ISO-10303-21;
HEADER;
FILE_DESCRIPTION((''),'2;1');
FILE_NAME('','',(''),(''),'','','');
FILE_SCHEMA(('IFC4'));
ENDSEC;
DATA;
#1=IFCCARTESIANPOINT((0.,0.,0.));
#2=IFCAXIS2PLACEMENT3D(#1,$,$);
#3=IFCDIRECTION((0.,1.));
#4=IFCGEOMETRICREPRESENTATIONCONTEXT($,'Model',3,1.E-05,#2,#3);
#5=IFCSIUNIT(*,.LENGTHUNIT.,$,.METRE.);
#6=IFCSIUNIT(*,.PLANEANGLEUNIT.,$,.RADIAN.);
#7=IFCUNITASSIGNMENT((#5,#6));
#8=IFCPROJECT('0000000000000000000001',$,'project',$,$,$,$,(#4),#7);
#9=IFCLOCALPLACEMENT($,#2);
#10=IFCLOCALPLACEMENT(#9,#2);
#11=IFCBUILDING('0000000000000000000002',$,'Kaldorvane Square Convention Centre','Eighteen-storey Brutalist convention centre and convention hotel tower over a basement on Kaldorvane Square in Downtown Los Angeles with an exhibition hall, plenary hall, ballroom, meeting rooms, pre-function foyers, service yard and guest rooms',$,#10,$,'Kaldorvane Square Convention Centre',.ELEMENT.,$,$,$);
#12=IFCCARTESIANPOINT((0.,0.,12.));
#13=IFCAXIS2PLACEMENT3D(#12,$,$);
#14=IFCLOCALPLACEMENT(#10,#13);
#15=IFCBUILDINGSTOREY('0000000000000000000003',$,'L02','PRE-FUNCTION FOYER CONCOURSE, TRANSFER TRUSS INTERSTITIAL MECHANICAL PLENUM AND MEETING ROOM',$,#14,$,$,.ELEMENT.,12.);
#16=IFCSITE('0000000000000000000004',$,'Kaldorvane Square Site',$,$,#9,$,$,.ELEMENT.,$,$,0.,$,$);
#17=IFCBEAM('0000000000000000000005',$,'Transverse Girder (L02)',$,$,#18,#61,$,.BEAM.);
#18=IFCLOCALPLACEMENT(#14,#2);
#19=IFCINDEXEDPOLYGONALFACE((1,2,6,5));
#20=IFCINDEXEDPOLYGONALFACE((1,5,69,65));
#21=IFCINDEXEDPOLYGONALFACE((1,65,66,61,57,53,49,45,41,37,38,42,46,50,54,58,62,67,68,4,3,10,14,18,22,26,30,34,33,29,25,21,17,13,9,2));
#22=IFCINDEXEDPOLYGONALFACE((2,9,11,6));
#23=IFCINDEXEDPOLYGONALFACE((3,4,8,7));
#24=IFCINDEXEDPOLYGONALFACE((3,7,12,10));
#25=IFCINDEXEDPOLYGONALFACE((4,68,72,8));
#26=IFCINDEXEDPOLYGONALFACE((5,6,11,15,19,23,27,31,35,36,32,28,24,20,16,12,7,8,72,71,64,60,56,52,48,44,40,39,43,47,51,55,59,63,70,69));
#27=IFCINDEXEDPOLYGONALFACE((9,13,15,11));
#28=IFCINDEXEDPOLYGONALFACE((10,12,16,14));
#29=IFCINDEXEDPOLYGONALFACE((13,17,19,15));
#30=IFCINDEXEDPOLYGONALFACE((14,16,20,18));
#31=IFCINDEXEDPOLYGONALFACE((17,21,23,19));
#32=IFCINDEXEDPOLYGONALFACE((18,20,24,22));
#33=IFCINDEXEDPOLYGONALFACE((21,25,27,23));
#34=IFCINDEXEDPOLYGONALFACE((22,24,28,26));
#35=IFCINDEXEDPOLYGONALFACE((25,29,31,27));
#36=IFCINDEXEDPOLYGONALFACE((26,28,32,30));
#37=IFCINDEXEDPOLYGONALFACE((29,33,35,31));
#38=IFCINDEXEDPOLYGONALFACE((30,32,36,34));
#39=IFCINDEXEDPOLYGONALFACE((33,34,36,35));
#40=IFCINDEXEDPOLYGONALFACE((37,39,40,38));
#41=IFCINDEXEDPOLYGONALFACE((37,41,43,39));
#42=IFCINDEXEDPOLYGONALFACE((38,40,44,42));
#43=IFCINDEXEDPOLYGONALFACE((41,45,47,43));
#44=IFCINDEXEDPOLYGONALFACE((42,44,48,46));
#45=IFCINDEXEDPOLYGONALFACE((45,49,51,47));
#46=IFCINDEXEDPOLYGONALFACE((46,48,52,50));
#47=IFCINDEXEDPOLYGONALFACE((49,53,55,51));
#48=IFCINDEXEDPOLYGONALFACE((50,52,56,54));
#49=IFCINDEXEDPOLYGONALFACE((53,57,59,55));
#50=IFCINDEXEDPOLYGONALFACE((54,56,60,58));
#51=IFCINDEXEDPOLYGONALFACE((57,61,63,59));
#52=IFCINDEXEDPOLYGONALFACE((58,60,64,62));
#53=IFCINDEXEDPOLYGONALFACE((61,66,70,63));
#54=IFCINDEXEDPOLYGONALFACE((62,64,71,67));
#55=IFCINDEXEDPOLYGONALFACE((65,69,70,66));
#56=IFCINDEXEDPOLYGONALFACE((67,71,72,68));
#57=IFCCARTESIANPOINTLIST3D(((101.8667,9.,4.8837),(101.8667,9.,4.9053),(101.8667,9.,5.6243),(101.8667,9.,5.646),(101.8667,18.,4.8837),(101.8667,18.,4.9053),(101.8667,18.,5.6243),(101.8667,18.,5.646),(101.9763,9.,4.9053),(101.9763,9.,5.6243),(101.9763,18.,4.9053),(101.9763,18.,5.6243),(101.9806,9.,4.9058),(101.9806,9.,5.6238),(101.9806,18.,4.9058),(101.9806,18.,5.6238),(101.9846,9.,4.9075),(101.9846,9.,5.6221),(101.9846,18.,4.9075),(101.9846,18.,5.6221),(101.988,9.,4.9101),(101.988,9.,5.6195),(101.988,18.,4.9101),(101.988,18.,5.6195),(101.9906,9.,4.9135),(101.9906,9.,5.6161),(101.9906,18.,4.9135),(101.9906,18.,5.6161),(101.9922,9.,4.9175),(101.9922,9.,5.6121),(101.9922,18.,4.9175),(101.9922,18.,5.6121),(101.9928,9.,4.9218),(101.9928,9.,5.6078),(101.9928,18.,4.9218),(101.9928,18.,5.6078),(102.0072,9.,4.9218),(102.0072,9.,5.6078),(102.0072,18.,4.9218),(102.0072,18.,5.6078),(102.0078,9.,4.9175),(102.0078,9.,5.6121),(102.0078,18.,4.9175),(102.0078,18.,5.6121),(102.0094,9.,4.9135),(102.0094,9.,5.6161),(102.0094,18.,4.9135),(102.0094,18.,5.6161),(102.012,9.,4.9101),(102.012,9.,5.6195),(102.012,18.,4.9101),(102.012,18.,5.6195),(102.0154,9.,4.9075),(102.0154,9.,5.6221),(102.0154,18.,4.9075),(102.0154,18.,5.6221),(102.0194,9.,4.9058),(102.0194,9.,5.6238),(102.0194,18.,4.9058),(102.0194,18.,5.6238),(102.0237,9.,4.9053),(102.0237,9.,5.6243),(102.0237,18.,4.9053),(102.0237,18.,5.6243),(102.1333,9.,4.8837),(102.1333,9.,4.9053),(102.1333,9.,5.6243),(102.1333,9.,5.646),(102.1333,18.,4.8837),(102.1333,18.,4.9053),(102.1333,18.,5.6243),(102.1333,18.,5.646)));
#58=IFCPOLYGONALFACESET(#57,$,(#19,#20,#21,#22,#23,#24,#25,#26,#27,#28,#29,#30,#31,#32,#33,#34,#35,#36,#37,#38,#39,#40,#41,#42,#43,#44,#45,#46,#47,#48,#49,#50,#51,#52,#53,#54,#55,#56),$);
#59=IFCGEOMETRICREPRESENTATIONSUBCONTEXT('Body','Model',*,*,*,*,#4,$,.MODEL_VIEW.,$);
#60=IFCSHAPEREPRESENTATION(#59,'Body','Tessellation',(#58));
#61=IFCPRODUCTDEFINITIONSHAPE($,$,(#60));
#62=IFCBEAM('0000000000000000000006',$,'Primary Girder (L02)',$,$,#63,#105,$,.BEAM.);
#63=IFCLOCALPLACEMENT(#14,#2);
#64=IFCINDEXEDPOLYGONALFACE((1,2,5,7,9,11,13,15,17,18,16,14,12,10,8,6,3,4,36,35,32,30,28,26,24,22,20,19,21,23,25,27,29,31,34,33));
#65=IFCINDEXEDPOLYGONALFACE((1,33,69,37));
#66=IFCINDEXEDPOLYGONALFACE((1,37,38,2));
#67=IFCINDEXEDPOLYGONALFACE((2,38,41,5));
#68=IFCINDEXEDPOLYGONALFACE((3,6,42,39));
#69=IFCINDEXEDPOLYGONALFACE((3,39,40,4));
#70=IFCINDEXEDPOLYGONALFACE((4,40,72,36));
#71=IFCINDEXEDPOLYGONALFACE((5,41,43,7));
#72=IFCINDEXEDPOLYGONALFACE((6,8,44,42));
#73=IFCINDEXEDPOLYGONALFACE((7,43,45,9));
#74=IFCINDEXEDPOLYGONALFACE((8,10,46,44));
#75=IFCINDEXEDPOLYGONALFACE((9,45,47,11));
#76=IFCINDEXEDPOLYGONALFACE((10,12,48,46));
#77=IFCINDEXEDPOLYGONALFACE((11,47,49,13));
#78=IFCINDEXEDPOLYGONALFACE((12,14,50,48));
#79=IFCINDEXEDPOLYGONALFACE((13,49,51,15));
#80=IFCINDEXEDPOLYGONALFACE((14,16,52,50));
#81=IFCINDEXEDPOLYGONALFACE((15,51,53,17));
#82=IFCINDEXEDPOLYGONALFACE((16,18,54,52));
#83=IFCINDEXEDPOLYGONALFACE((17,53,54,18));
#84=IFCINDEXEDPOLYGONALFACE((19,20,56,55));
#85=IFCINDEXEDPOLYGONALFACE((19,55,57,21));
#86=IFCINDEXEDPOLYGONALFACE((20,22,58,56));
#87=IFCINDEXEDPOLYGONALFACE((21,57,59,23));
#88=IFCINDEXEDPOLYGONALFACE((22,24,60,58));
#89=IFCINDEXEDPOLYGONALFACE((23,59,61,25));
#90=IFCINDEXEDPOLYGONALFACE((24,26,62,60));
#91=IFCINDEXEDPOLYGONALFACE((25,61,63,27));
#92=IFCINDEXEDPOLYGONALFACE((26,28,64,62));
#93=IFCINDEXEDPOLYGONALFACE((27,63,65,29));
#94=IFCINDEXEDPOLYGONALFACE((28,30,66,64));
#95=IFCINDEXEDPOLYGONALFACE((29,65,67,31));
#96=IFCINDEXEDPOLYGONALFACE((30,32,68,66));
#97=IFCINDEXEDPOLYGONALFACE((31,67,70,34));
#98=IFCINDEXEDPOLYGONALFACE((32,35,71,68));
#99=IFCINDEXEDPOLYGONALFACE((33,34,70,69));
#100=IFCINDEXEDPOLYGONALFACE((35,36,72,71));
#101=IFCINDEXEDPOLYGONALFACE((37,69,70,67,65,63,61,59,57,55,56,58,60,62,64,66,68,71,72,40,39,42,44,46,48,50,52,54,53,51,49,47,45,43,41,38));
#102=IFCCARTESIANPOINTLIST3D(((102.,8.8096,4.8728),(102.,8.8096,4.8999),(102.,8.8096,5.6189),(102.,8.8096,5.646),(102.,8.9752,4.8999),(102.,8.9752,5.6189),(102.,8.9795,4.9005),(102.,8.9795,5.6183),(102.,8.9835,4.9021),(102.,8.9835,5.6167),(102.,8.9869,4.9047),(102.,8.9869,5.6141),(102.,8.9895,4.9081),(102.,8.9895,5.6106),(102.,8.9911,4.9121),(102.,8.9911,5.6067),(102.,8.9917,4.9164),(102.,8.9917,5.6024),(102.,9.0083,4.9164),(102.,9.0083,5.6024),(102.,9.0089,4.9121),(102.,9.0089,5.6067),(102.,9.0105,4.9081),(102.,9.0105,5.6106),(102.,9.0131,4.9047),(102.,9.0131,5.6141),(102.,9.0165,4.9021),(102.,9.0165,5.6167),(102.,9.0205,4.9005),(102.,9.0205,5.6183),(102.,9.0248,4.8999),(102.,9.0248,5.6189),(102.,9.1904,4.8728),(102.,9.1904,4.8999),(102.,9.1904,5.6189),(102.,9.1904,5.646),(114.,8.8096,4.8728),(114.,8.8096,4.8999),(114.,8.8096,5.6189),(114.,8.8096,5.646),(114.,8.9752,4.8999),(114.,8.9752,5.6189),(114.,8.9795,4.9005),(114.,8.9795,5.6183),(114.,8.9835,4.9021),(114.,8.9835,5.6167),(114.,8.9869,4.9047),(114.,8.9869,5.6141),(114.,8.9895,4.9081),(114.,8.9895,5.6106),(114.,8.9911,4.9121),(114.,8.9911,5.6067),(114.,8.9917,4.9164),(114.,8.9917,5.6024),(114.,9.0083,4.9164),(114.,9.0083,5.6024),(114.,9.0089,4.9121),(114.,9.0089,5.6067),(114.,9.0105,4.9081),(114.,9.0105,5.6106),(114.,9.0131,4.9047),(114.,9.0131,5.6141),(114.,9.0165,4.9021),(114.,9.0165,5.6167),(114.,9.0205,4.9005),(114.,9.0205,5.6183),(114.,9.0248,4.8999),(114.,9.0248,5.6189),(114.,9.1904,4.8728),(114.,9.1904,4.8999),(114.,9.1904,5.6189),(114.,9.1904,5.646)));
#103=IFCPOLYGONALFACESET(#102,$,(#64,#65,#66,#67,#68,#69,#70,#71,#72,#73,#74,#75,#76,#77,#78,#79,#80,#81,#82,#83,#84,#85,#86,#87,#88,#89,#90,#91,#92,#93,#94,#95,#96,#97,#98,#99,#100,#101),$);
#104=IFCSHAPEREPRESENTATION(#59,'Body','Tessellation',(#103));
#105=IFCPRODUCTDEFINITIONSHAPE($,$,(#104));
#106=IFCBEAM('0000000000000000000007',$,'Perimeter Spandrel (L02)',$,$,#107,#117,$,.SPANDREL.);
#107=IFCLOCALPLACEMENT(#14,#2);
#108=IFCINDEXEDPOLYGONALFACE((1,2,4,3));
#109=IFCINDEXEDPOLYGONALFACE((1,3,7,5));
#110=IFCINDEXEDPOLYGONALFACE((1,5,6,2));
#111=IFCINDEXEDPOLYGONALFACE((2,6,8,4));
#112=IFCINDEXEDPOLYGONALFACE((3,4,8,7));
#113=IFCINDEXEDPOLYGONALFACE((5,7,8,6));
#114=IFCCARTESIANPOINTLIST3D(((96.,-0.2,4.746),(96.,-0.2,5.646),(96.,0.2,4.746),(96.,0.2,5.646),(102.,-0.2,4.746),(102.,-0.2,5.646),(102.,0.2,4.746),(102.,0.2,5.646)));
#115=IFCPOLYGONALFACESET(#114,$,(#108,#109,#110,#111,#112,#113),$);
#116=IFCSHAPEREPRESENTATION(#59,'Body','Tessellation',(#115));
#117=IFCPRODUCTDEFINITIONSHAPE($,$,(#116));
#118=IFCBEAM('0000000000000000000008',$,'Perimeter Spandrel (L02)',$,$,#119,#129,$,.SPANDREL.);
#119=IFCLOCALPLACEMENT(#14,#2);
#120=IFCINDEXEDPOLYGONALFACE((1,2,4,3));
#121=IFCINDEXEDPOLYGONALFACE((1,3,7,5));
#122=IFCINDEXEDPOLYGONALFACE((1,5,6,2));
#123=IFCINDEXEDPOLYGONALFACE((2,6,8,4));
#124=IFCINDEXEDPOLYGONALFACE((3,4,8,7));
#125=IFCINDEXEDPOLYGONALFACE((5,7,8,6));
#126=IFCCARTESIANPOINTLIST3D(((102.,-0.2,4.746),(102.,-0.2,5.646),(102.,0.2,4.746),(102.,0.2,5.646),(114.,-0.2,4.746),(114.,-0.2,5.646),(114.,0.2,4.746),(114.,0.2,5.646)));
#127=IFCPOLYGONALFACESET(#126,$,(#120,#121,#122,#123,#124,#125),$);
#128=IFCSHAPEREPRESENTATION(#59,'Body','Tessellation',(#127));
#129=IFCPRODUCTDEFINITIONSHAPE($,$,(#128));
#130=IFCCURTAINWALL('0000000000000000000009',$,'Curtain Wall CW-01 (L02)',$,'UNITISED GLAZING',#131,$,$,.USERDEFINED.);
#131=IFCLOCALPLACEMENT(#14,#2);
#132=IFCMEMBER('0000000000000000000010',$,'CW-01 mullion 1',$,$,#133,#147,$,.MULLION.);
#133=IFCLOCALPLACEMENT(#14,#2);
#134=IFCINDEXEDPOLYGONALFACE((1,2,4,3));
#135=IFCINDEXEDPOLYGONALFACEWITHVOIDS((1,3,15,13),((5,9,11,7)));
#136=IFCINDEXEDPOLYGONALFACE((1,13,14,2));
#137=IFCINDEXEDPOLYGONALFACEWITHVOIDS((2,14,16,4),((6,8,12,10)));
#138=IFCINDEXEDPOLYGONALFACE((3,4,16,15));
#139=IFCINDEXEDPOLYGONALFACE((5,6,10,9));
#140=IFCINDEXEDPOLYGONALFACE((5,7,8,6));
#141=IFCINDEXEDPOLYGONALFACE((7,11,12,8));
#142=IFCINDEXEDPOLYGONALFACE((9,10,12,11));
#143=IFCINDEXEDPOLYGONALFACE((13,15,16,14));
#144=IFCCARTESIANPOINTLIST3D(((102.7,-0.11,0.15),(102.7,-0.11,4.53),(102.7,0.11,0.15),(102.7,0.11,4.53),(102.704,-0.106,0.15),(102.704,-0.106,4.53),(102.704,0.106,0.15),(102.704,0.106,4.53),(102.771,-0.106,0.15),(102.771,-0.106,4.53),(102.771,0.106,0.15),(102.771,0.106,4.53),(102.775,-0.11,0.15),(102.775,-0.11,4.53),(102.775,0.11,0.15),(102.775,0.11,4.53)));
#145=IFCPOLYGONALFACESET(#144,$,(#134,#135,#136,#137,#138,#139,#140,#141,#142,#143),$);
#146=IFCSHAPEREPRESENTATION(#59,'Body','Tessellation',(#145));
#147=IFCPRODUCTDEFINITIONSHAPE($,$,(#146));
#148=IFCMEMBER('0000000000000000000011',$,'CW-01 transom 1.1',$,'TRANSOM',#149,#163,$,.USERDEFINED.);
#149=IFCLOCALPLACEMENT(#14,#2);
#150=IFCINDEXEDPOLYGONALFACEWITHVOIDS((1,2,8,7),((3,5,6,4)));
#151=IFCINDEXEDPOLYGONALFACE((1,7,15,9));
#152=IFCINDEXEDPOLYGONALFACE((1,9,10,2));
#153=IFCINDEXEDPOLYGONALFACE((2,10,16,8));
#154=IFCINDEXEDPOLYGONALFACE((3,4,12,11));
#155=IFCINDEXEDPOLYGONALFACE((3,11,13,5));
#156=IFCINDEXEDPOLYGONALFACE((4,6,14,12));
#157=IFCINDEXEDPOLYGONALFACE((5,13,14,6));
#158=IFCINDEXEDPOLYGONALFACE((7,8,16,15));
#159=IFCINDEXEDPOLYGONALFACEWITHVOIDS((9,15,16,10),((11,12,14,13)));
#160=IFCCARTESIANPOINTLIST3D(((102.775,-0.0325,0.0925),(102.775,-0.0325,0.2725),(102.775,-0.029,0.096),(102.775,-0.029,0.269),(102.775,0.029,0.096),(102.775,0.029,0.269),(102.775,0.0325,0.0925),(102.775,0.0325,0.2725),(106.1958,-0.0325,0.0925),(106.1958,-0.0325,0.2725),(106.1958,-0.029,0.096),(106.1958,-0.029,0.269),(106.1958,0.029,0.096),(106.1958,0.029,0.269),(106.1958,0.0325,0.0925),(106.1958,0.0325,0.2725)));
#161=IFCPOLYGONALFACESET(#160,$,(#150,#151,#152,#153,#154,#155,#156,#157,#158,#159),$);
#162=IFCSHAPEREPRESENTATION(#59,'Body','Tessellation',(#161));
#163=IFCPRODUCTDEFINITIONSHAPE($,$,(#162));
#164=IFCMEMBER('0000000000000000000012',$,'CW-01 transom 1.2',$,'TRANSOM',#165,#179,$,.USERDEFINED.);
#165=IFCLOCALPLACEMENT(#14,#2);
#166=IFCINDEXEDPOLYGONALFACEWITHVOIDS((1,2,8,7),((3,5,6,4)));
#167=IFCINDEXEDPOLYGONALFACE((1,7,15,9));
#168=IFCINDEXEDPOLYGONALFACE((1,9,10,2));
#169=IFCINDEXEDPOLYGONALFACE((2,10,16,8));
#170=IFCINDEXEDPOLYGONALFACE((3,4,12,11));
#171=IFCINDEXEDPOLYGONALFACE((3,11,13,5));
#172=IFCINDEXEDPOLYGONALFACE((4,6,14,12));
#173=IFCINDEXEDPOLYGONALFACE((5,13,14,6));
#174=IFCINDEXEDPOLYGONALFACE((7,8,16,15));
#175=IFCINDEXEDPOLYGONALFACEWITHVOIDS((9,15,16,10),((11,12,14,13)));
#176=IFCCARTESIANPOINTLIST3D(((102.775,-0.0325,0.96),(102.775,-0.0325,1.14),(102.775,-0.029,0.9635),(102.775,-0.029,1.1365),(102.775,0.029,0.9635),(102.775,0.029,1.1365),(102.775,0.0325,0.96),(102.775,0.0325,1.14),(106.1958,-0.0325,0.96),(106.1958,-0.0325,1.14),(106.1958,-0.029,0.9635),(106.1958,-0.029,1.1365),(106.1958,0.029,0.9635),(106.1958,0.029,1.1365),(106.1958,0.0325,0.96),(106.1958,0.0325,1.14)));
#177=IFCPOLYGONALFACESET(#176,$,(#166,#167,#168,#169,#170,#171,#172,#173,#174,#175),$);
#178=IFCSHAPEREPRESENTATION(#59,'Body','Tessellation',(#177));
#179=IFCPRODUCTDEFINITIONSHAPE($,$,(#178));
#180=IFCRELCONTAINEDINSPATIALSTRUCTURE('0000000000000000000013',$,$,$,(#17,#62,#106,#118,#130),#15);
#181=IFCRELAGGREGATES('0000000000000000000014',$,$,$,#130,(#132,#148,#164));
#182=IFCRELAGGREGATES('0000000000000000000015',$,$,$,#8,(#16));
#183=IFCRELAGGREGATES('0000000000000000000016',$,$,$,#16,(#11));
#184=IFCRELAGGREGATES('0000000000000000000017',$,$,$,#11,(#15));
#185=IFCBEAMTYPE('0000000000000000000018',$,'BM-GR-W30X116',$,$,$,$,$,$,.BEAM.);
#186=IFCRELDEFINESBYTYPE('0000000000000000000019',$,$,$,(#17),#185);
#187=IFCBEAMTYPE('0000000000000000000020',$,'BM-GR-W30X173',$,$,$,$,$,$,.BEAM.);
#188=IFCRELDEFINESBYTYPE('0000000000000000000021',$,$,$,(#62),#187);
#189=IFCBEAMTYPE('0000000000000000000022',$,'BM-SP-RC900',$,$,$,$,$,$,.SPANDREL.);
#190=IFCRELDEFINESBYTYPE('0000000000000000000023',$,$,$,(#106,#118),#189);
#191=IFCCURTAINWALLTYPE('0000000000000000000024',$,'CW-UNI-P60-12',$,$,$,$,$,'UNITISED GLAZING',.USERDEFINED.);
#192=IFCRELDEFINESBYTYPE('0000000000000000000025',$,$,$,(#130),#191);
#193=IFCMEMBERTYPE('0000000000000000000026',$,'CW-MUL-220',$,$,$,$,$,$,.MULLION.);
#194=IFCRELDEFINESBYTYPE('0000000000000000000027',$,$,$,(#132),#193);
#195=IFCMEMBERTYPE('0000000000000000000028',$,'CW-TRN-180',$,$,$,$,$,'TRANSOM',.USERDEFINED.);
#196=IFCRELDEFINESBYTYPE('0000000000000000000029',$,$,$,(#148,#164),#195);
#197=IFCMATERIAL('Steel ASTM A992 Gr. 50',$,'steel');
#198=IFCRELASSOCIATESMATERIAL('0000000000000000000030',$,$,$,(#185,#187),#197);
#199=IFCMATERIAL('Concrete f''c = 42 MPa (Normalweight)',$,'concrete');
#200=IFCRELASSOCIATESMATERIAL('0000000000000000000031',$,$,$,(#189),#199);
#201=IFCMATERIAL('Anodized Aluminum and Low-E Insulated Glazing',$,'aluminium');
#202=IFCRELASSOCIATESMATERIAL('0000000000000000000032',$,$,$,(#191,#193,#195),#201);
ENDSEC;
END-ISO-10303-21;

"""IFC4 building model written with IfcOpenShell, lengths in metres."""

from ifc_helpers import new_model, si_unit, direction, frame, origin, origin_2d, place, context, subcontext, project, spatial, rectangle, hollow_rectangle, i_section, extrude, material, material_profile, profile_set, type_object, element, aggregate, save


model = new_model("IFC4")

# Units and contexts
model_context = context("Model", 3, precision=1e-05, world=origin(), true_north=direction((0.0, 1.0)))
body_context = subcontext(model_context, "Body", "Model", "MODEL_VIEW")
ifc_project = project(units=[si_unit("LENGTHUNIT", "METRE"), si_unit("PLANEANGLEUNIT", "RADIAN")], contexts=[model_context])

# Site, building, storey
site_placement = place(None, origin())
site = spatial("IfcSite", under=ifc_project, at=site_placement, Name="Kaldorvane Square Site", CompositionType="ELEMENT", RefElevation=0.0)
building_placement = place(site_placement, origin())
building = spatial("IfcBuilding", under=site, at=building_placement, Name="Kaldorvane Square Convention Centre", Description="Eighteen-storey Brutalist convention centre and convention hotel tower over a basement on Kaldorvane Square in Downtown Los Angeles with an exhibition hall, plenary hall, ballroom, meeting rooms, pre-function foyers, service yard and guest rooms", LongName="Kaldorvane Square Convention Centre", CompositionType="ELEMENT")
storey_placement = place(building_placement, frame((0.0, 0.0, 12.0)))
storey = spatial("IfcBuildingStorey", under=building, at=storey_placement, Name="L02", Description="PRE-FUNCTION FOYER CONCOURSE, TRANSFER TRUSS INTERSTITIAL MECHANICAL PLENUM AND MEETING ROOM", CompositionType="ELEMENT", Elevation=12.0)

# Shared definitions
ifc_material_1 = material(Name="Steel ASTM A992 Gr. 50", Category="steel")

# Beams
ifc_material_profile_1 = material_profile(ifc_material_1, i_section(OverallWidth=0.2666, OverallDepth=0.7623, WebThickness=0.0144, FlangeThickness=0.0216, FilletRadius=0.0165, at=origin_2d()), Name="W30X116")
ifc_profile_set_1 = profile_set([ifc_material_profile_1], Name="Steel ASTM A992 Gr. 50")
beam_type_1 = type_object("IfcBeamType", Name="BM-GR-W30X116", PredefinedType="BEAM", material=ifc_profile_set_1)
for number, where, z_axis, x_axis, name in (
    (1, (102.0, 9.0, 5.2648), (0.0, 1.0, 0.0), (-1.0, 0.0, 0.0), "Transverse Girder (L02)"),
):
    element("IfcBeam", number, at=place(storey_placement, frame(where, z_axis=z_axis, x_axis=x_axis)), inside=storey, type_object=beam_type_1, Name=name, PredefinedType="BEAM", context=body_context, shape_type="SweptSolid", body=[
        extrude(i_section(OverallWidth=0.2666, OverallDepth=0.7623, WebThickness=0.0144, FlangeThickness=0.0216, FilletRadius=0.0165, at=origin_2d()), origin(), (0.0, 0.0, 1.0), 9.0),
    ])
ifc_material_profile_2 = material_profile(ifc_material_1, i_section(OverallWidth=0.3807, OverallDepth=0.7732, WebThickness=0.0166, FlangeThickness=0.0271, FilletRadius=0.0165, at=origin_2d()), Name="W30X173")
ifc_profile_set_2 = profile_set([ifc_material_profile_2], Name="Steel ASTM A992 Gr. 50")
beam_type_2 = type_object("IfcBeamType", Name="BM-GR-W30X173", PredefinedType="BEAM", material=ifc_profile_set_2)
beam_1_placement = place(storey_placement, frame((102.0, 9.0, 5.2594), z_axis=(1.0, 0.0, 0.0), x_axis=(0.0, 1.0, 0.0)))
element("IfcBeam", 2, at=beam_1_placement, inside=storey, type_object=beam_type_2, Name="Primary Girder (L02)", PredefinedType="BEAM", context=body_context, shape_type="SweptSolid", body=[
    extrude(i_section(OverallWidth=0.3807, OverallDepth=0.7732, WebThickness=0.0166, FlangeThickness=0.0271, FilletRadius=0.0165, at=origin_2d()), origin(), (0.0, 0.0, 1.0), 12.0),
])
ifc_material_2 = material(Name="Concrete f'c = 42 MPa (Normalweight)", Category="concrete")
ifc_material_profile_3 = material_profile(ifc_material_2, rectangle(XDim=0.4, YDim=0.9, at=origin_2d()), Name="RCSP900X400")
ifc_profile_set_3 = profile_set([ifc_material_profile_3], Name="Concrete f'c = 42 MPa (Normalweight)")
beam_type_3 = type_object("IfcBeamType", Name="BM-SP-RC900", PredefinedType="SPANDREL", material=ifc_profile_set_3)
beam_2_placement = place(storey_placement, frame((96.0, 0.0, 5.196), z_axis=(1.0, 0.0, 0.0), x_axis=(0.0, 1.0, 0.0)))
element("IfcBeam", 3, at=beam_2_placement, inside=storey, type_object=beam_type_3, Name="Perimeter Spandrel (L02)", PredefinedType="SPANDREL", context=body_context, shape_type="SweptSolid", body=[
    extrude(rectangle(XDim=0.4, YDim=0.9, at=origin_2d()), origin(), (0.0, 0.0, 1.0), 6.0),
])
beam_3_placement = place(storey_placement, frame((102.0, 0.0, 5.196), z_axis=(1.0, 0.0, 0.0), x_axis=(0.0, 1.0, 0.0)))
element("IfcBeam", 4, at=beam_3_placement, inside=storey, type_object=beam_type_3, Name="Perimeter Spandrel (L02)", PredefinedType="SPANDREL", context=body_context, shape_type="SweptSolid", body=[
    extrude(rectangle(XDim=0.4, YDim=0.9, at=origin_2d()), origin(), (0.0, 0.0, 1.0), 12.0),
])

# Curtain wall, members
ifc_material_3 = material(Name="Anodized Aluminum and Low-E Insulated Glazing", Category="aluminium")
curtain_wall_type = type_object("IfcCurtainWallType", Name="CW-UNI-P60-12", ElementType="UNITISED GLAZING", PredefinedType="USERDEFINED", material=ifc_material_3)
curtain_wall_placement = place(storey_placement, origin())
curtain_wall = element("IfcCurtainWall", 5, at=curtain_wall_placement, inside=storey, type_object=curtain_wall_type, Name="Curtain Wall CW-01 (L02)", ObjectType="UNITISED GLAZING", PredefinedType="USERDEFINED")
ifc_material_profile_4 = material_profile(ifc_material_3, hollow_rectangle(XDim=0.075, YDim=0.22, WallThickness=0.004, at=origin_2d()), Name="CWM-220X75")
ifc_profile_set_4 = profile_set([ifc_material_profile_4], Name="Anodized Aluminum and Low-E Insulated Glazing")
member_type_1 = type_object("IfcMemberType", Name="CW-MUL-220", PredefinedType="MULLION", material=ifc_profile_set_4)
member_1_placement = place(storey_placement, frame((102.7375, 0.0, 0.15), z_axis=(0.0, 0.0, 1.0), x_axis=(1.0, 0.0, 0.0)))
member_1 = element("IfcMember", 6, at=member_1_placement, type_object=member_type_1, Name="CW-01 mullion 1", PredefinedType="MULLION", context=body_context, shape_type="SweptSolid", body=[
    extrude(hollow_rectangle(XDim=0.075, YDim=0.22, WallThickness=0.004, at=origin_2d()), origin(), (0.0, 0.0, 1.0), 4.38),
])
ifc_material_profile_5 = material_profile(ifc_material_3, hollow_rectangle(XDim=0.065, YDim=0.18, WallThickness=0.0035, at=origin_2d()), Name="CWT-180X65")
ifc_profile_set_5 = profile_set([ifc_material_profile_5], Name="Anodized Aluminum and Low-E Insulated Glazing")
member_type_2 = type_object("IfcMemberType", Name="CW-TRN-180", ElementType="TRANSOM", PredefinedType="USERDEFINED", material=ifc_profile_set_5)
member_2_placement = place(storey_placement, frame((102.775, 0.0, 0.1825), z_axis=(1.0, 0.0, 0.0), x_axis=(0.0, 1.0, 0.0)))
member_2 = element("IfcMember", 7, at=member_2_placement, type_object=member_type_2, Name="CW-01 transom 1.1", ObjectType="TRANSOM", PredefinedType="USERDEFINED", context=body_context, shape_type="SweptSolid", body=[
    extrude(hollow_rectangle(XDim=0.065, YDim=0.18, WallThickness=0.0035, at=origin_2d()), origin(), (0.0, 0.0, 1.0), 3.4208),
])
member_3_placement = place(storey_placement, frame((102.775, 0.0, 1.05), z_axis=(1.0, 0.0, 0.0), x_axis=(0.0, 1.0, 0.0)))
member_3 = element("IfcMember", 8, at=member_3_placement, type_object=member_type_2, Name="CW-01 transom 1.2", ObjectType="TRANSOM", PredefinedType="USERDEFINED", context=body_context, shape_type="SweptSolid", body=[
    extrude(hollow_rectangle(XDim=0.065, YDim=0.18, WallThickness=0.0035, at=origin_2d()), origin(), (0.0, 0.0, 1.0), 3.4208),
])

aggregate(curtain_wall, [member_1, member_2, member_3])

save(model, "model.ifc")
